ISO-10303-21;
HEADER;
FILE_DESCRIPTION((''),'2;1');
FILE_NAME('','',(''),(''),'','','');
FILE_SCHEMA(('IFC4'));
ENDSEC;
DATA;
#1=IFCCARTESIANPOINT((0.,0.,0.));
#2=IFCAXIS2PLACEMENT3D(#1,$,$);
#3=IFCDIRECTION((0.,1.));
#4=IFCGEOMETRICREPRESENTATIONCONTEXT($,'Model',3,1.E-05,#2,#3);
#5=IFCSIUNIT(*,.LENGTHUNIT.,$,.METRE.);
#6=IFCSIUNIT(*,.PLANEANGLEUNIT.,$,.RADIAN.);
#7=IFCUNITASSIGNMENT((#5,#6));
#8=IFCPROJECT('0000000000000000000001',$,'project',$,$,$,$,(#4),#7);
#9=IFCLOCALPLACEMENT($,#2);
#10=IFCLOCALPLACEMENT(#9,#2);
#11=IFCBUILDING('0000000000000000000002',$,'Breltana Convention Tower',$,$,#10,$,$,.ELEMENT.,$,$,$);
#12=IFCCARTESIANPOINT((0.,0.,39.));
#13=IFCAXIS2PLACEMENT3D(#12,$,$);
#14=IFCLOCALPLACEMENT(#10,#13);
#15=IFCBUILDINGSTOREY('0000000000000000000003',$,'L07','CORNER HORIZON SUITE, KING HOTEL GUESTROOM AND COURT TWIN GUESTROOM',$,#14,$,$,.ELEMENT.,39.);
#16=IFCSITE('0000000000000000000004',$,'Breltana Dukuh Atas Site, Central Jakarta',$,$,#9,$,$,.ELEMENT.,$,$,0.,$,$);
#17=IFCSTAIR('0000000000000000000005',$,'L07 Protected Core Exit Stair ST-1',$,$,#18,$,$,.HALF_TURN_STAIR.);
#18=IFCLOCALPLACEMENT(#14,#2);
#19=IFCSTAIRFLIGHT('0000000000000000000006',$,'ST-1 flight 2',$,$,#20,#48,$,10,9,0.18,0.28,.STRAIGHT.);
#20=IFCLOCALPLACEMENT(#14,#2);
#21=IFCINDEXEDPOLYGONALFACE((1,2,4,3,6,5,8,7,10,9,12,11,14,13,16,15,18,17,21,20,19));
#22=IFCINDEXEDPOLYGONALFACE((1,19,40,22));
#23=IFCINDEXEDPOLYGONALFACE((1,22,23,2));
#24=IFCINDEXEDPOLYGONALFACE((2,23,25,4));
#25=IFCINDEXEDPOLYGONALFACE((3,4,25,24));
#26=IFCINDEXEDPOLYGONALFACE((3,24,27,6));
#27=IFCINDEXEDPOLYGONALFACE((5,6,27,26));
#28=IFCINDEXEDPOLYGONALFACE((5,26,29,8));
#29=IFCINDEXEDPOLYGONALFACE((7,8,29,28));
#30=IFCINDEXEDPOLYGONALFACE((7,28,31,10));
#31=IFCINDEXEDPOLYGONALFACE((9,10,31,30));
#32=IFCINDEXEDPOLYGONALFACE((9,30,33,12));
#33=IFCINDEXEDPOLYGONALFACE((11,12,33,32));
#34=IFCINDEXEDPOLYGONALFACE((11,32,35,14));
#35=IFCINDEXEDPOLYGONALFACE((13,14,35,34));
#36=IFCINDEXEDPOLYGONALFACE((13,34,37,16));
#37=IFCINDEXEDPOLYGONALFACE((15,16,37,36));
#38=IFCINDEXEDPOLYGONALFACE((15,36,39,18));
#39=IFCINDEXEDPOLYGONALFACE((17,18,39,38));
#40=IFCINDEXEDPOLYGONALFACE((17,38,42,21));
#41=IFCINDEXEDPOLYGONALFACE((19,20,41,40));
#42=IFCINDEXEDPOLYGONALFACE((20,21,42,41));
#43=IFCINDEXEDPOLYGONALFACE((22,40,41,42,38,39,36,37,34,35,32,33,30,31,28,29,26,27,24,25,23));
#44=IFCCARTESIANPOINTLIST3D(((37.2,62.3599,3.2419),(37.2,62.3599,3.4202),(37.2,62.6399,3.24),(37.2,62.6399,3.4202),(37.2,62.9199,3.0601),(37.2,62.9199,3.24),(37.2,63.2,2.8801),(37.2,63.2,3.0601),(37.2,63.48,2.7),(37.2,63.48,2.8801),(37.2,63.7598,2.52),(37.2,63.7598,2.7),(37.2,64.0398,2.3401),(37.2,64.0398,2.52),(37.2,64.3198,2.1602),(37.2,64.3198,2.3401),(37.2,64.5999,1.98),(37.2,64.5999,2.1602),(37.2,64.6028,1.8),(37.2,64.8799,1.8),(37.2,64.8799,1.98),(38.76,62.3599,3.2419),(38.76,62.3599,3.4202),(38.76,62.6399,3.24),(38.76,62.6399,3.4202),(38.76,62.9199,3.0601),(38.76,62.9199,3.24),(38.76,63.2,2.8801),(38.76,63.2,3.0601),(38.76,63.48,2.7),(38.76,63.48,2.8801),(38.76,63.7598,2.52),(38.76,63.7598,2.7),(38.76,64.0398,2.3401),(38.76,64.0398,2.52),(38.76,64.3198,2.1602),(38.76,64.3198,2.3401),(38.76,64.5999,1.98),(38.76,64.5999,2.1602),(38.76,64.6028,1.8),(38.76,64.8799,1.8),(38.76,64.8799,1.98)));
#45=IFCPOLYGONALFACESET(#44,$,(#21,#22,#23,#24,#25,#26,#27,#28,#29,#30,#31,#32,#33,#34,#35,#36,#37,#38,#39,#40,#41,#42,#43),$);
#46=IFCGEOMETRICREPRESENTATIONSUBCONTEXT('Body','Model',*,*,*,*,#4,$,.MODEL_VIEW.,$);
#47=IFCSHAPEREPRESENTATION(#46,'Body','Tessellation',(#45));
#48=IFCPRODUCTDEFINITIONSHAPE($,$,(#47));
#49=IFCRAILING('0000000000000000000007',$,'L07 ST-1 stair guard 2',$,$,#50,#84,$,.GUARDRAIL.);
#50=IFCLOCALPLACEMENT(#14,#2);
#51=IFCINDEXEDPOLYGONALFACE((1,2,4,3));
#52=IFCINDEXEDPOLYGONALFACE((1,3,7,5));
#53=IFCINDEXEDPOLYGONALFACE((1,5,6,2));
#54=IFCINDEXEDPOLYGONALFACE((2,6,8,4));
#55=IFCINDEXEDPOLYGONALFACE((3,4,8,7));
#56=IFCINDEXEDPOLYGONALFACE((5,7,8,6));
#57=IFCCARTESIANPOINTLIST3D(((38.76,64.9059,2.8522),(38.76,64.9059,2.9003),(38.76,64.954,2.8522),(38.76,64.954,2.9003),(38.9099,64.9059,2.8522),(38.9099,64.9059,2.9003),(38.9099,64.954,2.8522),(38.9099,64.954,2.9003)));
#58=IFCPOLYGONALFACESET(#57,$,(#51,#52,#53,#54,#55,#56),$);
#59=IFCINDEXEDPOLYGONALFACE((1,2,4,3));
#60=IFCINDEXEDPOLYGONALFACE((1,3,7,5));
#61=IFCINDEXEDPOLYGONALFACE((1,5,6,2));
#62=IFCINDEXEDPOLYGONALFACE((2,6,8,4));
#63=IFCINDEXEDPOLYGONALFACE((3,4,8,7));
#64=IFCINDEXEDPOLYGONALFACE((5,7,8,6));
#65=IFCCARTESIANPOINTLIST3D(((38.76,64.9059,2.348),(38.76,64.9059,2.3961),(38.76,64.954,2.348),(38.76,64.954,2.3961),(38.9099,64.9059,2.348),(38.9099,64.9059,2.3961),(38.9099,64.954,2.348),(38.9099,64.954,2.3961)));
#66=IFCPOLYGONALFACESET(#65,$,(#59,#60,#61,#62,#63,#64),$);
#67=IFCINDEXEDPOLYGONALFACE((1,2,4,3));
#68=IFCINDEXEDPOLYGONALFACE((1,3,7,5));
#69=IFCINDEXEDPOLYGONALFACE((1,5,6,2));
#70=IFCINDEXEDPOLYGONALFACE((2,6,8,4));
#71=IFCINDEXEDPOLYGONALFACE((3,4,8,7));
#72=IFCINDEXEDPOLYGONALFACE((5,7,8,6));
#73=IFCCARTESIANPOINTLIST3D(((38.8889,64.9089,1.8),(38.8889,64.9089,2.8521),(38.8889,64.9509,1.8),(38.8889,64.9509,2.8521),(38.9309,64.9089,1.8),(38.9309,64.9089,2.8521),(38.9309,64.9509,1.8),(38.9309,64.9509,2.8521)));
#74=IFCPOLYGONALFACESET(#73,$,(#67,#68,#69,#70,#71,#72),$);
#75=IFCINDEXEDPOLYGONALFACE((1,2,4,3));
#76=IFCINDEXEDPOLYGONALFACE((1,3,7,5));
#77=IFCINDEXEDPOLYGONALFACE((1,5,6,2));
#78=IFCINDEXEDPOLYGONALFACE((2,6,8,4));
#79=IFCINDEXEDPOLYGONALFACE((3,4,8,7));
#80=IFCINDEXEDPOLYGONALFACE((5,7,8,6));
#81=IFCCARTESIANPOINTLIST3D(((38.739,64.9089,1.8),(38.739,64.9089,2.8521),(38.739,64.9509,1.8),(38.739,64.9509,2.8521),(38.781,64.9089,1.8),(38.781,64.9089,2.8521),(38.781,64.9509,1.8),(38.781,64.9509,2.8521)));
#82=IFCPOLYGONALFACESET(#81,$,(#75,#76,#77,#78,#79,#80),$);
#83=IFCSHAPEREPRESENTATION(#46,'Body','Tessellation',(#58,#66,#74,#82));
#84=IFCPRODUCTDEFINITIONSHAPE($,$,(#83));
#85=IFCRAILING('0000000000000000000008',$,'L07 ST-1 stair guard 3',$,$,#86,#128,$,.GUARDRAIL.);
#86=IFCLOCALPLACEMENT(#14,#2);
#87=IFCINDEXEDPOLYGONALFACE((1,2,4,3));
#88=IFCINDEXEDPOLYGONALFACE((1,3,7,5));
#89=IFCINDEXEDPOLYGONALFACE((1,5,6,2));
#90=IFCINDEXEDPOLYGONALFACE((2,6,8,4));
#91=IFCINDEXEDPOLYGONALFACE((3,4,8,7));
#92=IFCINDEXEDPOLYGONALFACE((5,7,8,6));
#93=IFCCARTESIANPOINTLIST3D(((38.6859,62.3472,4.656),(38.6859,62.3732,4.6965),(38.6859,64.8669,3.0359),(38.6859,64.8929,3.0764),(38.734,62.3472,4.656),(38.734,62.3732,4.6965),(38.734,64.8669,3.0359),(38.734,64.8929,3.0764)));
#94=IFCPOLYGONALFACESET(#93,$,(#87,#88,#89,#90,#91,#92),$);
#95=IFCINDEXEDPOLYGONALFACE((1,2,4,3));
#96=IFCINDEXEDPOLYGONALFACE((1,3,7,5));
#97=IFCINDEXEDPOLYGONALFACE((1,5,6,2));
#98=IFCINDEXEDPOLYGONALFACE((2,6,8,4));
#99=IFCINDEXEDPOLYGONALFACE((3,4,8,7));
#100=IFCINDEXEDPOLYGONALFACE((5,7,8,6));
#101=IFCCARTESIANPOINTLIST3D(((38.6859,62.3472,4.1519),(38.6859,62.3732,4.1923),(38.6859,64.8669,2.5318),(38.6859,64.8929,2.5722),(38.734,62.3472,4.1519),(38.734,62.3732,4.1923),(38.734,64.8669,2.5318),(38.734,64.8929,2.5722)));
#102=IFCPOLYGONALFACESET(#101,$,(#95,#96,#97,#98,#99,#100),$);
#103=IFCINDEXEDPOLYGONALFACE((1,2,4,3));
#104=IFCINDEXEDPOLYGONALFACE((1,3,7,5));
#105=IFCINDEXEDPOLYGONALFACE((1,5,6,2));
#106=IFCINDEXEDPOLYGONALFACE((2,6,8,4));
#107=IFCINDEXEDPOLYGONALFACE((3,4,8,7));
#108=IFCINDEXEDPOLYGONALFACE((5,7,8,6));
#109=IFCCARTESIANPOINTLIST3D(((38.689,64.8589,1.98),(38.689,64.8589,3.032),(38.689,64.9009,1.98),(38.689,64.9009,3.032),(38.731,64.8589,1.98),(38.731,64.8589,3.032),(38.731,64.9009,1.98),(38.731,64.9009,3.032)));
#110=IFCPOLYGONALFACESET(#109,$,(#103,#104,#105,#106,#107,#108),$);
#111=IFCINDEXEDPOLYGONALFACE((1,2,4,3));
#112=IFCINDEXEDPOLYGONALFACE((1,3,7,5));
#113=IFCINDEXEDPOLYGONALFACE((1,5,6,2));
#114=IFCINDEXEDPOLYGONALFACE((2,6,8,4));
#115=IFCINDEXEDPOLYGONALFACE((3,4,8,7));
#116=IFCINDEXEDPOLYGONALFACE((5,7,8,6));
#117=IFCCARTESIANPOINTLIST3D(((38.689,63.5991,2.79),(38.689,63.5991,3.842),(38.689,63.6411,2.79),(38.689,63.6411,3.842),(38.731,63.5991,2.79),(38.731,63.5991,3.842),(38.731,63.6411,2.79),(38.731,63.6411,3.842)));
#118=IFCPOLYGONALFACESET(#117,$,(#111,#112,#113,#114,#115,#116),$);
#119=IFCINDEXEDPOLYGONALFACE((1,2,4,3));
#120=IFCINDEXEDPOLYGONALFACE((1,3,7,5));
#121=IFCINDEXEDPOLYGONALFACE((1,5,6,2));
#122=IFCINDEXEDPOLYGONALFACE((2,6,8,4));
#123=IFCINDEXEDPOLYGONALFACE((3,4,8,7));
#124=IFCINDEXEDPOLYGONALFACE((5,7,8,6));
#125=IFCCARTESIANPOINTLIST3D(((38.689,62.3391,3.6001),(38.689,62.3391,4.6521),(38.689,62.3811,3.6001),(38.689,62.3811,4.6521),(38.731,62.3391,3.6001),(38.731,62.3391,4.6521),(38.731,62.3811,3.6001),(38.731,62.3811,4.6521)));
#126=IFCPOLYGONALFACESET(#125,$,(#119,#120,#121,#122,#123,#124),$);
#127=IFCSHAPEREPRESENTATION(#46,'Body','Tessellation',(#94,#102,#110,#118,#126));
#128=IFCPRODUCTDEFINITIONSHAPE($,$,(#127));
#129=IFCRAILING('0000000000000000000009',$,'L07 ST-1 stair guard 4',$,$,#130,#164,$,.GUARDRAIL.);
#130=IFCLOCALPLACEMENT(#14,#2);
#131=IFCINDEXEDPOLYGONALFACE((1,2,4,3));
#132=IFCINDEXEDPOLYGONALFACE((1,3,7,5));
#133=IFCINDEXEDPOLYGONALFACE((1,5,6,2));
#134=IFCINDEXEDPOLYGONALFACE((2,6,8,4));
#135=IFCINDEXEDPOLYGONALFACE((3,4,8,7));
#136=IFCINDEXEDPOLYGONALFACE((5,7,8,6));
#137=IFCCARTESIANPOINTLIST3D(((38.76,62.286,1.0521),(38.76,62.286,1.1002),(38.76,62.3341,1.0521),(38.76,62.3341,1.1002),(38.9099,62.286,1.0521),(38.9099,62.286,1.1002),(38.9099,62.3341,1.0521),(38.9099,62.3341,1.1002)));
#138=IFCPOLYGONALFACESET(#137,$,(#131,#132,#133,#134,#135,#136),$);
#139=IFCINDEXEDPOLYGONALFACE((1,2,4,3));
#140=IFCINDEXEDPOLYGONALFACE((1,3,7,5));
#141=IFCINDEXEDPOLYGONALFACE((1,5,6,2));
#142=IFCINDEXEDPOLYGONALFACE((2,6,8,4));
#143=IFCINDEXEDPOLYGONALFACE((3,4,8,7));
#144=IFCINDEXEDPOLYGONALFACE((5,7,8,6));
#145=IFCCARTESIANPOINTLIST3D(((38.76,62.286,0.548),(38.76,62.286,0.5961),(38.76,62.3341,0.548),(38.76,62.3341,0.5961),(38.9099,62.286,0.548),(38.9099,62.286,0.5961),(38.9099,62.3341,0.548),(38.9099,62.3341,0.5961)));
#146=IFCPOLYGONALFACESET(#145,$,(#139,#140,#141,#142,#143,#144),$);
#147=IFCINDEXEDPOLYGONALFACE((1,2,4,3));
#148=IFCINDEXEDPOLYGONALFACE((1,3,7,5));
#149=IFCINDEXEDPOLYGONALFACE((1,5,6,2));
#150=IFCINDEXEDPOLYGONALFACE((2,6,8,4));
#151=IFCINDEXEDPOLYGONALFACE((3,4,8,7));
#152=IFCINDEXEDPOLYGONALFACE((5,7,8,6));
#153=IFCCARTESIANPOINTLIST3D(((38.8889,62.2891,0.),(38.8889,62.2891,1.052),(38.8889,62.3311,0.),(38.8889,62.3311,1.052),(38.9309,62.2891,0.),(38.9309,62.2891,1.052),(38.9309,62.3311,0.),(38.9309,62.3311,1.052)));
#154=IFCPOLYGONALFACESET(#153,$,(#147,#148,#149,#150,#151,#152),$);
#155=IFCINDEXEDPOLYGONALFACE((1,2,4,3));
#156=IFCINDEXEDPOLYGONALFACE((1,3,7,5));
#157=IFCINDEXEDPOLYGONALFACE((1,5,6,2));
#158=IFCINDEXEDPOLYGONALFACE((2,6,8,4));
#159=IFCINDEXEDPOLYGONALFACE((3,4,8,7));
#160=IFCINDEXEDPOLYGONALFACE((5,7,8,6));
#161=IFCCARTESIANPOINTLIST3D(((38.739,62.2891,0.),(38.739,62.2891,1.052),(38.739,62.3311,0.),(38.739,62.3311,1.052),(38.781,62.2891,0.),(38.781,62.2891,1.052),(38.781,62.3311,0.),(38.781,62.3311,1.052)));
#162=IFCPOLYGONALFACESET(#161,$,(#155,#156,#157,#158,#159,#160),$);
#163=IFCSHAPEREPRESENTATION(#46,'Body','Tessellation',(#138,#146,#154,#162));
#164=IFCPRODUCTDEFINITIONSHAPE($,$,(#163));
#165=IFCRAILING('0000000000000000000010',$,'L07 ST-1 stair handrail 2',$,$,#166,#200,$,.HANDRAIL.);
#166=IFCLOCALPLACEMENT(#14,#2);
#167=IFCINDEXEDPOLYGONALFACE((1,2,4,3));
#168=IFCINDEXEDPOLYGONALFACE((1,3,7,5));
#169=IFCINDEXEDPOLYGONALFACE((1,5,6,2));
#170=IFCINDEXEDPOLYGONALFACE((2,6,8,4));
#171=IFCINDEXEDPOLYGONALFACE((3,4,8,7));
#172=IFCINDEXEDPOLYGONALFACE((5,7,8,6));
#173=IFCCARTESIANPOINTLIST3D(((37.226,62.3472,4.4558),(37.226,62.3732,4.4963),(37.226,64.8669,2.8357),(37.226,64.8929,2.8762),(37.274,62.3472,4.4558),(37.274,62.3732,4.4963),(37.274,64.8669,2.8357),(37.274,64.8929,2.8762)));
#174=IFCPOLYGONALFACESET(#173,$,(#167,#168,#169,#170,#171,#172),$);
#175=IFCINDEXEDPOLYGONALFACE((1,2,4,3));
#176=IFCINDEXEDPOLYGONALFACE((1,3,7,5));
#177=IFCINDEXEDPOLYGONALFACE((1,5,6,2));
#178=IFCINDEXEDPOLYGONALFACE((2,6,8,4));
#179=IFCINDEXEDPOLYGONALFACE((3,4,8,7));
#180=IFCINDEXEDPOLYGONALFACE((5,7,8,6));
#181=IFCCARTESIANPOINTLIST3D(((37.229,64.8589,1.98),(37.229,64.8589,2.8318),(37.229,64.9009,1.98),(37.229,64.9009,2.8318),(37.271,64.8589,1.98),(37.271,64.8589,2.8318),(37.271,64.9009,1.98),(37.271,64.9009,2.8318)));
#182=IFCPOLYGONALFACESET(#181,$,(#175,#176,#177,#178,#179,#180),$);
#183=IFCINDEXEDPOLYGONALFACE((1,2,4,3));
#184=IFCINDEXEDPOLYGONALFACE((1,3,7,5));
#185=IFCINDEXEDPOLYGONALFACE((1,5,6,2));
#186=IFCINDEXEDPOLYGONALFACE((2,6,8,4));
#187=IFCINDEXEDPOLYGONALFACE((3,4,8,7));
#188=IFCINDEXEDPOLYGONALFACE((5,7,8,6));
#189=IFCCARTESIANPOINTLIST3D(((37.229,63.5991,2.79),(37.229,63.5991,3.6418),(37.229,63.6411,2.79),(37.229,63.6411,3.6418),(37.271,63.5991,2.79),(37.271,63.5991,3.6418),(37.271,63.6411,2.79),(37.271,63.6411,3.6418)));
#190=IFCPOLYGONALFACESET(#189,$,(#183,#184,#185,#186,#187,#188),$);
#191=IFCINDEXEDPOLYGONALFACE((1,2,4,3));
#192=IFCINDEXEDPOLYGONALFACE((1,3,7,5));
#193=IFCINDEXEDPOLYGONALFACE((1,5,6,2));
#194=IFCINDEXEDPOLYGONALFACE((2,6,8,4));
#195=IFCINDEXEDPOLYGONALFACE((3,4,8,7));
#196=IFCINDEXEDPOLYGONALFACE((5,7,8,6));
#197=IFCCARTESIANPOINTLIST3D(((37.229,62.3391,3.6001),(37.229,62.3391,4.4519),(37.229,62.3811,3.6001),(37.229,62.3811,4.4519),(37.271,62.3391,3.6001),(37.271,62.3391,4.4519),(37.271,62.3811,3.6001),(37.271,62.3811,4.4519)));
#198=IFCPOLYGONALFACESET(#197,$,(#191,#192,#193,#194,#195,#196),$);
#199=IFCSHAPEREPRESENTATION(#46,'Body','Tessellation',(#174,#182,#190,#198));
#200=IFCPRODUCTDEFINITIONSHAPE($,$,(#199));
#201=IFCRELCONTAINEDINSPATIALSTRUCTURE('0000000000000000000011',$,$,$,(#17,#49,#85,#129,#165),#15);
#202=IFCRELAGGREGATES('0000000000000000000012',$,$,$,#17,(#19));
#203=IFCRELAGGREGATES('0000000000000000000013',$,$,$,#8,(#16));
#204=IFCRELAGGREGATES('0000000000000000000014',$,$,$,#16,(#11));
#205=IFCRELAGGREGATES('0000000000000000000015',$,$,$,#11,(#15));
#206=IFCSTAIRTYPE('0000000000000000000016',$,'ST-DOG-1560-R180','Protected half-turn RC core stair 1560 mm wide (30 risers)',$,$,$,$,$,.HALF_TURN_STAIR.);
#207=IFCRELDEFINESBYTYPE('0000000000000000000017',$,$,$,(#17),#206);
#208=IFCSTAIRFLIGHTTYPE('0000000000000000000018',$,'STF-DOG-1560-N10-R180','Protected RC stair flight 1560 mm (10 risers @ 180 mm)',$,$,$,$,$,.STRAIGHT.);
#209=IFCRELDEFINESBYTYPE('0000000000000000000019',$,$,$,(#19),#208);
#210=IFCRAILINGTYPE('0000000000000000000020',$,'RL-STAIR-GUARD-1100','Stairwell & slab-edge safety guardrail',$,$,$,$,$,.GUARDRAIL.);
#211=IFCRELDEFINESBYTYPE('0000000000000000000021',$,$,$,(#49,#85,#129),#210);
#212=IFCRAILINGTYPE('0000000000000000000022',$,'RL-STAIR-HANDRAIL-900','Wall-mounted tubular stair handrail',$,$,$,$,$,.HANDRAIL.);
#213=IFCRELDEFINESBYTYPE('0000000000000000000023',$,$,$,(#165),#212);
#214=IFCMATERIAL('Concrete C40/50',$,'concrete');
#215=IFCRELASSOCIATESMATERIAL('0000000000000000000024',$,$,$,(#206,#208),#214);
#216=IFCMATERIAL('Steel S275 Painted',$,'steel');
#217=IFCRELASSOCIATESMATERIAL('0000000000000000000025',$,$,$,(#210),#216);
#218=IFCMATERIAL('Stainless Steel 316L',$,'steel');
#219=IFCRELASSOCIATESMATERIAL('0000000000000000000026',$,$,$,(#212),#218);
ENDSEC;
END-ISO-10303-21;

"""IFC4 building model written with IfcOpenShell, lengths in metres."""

from ifc_helpers import new_model, si_unit, direction, frame, origin, origin_2d, place, context, subcontext, project, spatial, polyline, rectangle, outline, extrude, material, type_object, element, aggregate, save


model = new_model("IFC4")

# Units and contexts
model_context = context("Model", 3, precision=1e-05, world=origin(), true_north=direction((0.0, 1.0)))
body_context = subcontext(model_context, "Body", "Model", "MODEL_VIEW")
ifc_project = project(units=[si_unit("LENGTHUNIT", "METRE"), si_unit("PLANEANGLEUNIT", "RADIAN")], contexts=[model_context])

# Site, building, storey
site_placement = place(None, origin())
site = spatial("IfcSite", under=ifc_project, at=site_placement, Name="Breltana Dukuh Atas Site, Central Jakarta", CompositionType="ELEMENT", RefElevation=0.0)
building_placement = place(site_placement, origin())
building = spatial("IfcBuilding", under=site, at=building_placement, Name="Breltana Convention Tower", CompositionType="ELEMENT")
storey_placement = place(building_placement, frame((0.0, 0.0, 39.0)))
storey = spatial("IfcBuildingStorey", under=building, at=storey_placement, Name="L07", Description="CORNER HORIZON SUITE, KING HOTEL GUESTROOM AND COURT TWIN GUESTROOM", CompositionType="ELEMENT", Elevation=39.0)

# Stair, stair flight
ifc_material_1 = material(Name="Concrete C40/50", Category="concrete")
stair_type = type_object("IfcStairType", Name="ST-DOG-1560-R180", Description="Protected half-turn RC core stair 1560 mm wide (30 risers)", PredefinedType="HALF_TURN_STAIR", material=ifc_material_1)
stair_placement = place(storey_placement, origin())
stair = element("IfcStair", 1, at=stair_placement, inside=storey, type_object=stair_type, Name="L07 Protected Core Exit Stair ST-1", PredefinedType="HALF_TURN_STAIR")
stair_flight_type = type_object("IfcStairFlightType", Name="STF-DOG-1560-N10-R180", Description="Protected RC stair flight 1560 mm (10 risers @ 180 mm)", PredefinedType="STRAIGHT", material=ifc_material_1)
stair_flight_placement = place(storey_placement, frame((37.98, 64.8799, 1.8), z_axis=(0.0, 0.0, 1.0), x_axis=(0.0, -1.0, 0.0)))
stair_flight = element("IfcStairFlight", 2, at=stair_flight_placement, type_object=stair_flight_type, Name="ST-1 flight 2", NumberOfRisers=10, NumberOfTreads=9, PredefinedType="STRAIGHT", RiserHeight=0.18, TreadLength=0.28, context=body_context, shape_type="SweptSolid", body=[
    extrude(outline(polyline([(0.0, 0.0), (0.0, 0.1799), (0.28, 0.1799), (0.28, 0.3601), (0.5601, 0.3601), (0.5601, 0.54), (0.8401, 0.54), (0.8401, 0.72), (1.1201, 0.72), (1.1201, 0.8999), (1.3999, 0.8999), (1.3999, 1.0801), (1.6799, 1.0801), (1.6799, 1.26), (1.96, 1.26), (1.96, 1.4399), (2.24, 1.4399), (2.24, 1.6201), (2.52, 1.6201), (2.52, 1.8), (2.52, 1.4419), (0.2771, 0.0), (0.0, 0.0)])), frame((0.0, 0.78, 0.0), z_axis=(0.0, -1.0, 0.0), x_axis=(1.0, 0.0, 0.0)), (0.0, 0.0, 1.0), 1.5601),
])
aggregate(stair, [stair_flight])

# Railings
ifc_material_2 = material(Name="Steel S275 Painted", Category="steel")
railing_type_1 = type_object("IfcRailingType", Name="RL-STAIR-GUARD-1100", Description="Stairwell & slab-edge safety guardrail", PredefinedType="GUARDRAIL", material=ifc_material_2)
railing_1_placement = place(storey_placement, frame((38.9099, 64.9299, 1.8)))
element("IfcRailing", 3, at=railing_1_placement, inside=storey, type_object=railing_type_1, Name="L07 ST-1 stair guard 2", PredefinedType="GUARDRAIL", context=body_context, shape_type="SweptSolid", body=[
    extrude(rectangle(XDim=0.0481, YDim=0.0481, at=origin_2d()), frame((0.0, 0.0, 1.0762), z_axis=(-1.0, 0.0, 0.0), x_axis=(0.0, -1.0, 0.0)), (0.0, 0.0, 1.0), 0.1499),
    extrude(rectangle(XDim=0.0481, YDim=0.0481, at=origin_2d()), frame((0.0, 0.0, 0.572), z_axis=(-1.0, 0.0, 0.0), x_axis=(0.0, -1.0, 0.0)), (0.0, 0.0, 1.0), 0.1499),
    extrude(rectangle(XDim=0.042, YDim=0.042, at=origin_2d()), origin(), (0.0, 0.0, 1.0), 1.052),
    extrude(rectangle(XDim=0.042, YDim=0.042, at=origin_2d()), frame((-0.1499, 0.0, 0.0)), (0.0, 0.0, 1.0), 1.052),
])
railing_2_placement = place(storey_placement, frame((38.71, 64.8799, 1.98)))
element("IfcRailing", 4, at=railing_2_placement, inside=storey, type_object=railing_type_1, Name="L07 ST-1 stair guard 3", PredefinedType="GUARDRAIL", context=body_context, shape_type="SweptSolid", body=[
    extrude(rectangle(XDim=0.0481, YDim=0.0481, at=origin_2d()), frame((0.0, 0.0, 1.0762), z_axis=(0.0, -0.841139, 0.540819), x_axis=(1.0, 0.0, 0.0)), (0.0, 0.0, 1.0), 2.9956),
    extrude(rectangle(XDim=0.0481, YDim=0.0481, at=origin_2d()), frame((0.0, 0.0, 0.572), z_axis=(0.0, -0.841139, 0.540819), x_axis=(1.0, 0.0, 0.0)), (0.0, 0.0, 1.0), 2.9956),
    extrude(rectangle(XDim=0.042, YDim=0.042, at=origin_2d()), origin(), (0.0, 0.0, 1.0), 1.052),
    extrude(rectangle(XDim=0.042, YDim=0.042, at=origin_2d()), frame((0.0, -1.2598, 0.8101)), (0.0, 0.0, 1.0), 1.052),
    extrude(rectangle(XDim=0.042, YDim=0.042, at=origin_2d()), frame((0.0, -2.5198, 1.6201)), (0.0, 0.0, 1.0), 1.052),
])
railing_3_placement = place(storey_placement, frame((38.9099, 62.3101, 0.0)))
element("IfcRailing", 5, at=railing_3_placement, inside=storey, type_object=railing_type_1, Name="L07 ST-1 stair guard 4", PredefinedType="GUARDRAIL", context=body_context, shape_type="SweptSolid", body=[
    extrude(rectangle(XDim=0.0481, YDim=0.0481, at=origin_2d()), frame((0.0, 0.0, 1.0762), z_axis=(-1.0, 0.0, 0.0), x_axis=(0.0, -1.0, 0.0)), (0.0, 0.0, 1.0), 0.1499),
    extrude(rectangle(XDim=0.0481, YDim=0.0481, at=origin_2d()), frame((0.0, 0.0, 0.572), z_axis=(-1.0, 0.0, 0.0), x_axis=(0.0, -1.0, 0.0)), (0.0, 0.0, 1.0), 0.1499),
    extrude(rectangle(XDim=0.042, YDim=0.042, at=origin_2d()), origin(), (0.0, 0.0, 1.0), 1.052),
    extrude(rectangle(XDim=0.042, YDim=0.042, at=origin_2d()), frame((-0.1499, 0.0, 0.0)), (0.0, 0.0, 1.0), 1.052),
])
ifc_material_3 = material(Name="Stainless Steel 316L", Category="steel")
railing_type_2 = type_object("IfcRailingType", Name="RL-STAIR-HANDRAIL-900", Description="Wall-mounted tubular stair handrail", PredefinedType="HANDRAIL", material=ifc_material_3)
railing_4_placement = place(storey_placement, frame((37.25, 64.8799, 1.98)))
element("IfcRailing", 6, at=railing_4_placement, inside=storey, type_object=railing_type_2, Name="L07 ST-1 stair handrail 2", PredefinedType="HANDRAIL", context=body_context, shape_type="SweptSolid", body=[
    extrude(rectangle(XDim=0.0481, YDim=0.0481, at=origin_2d()), frame((0.0, 0.0, 0.876), z_axis=(0.0, -0.841139, 0.540819), x_axis=(1.0, 0.0, 0.0)), (0.0, 0.0, 1.0), 2.9956),
    extrude(rectangle(XDim=0.042, YDim=0.042, at=origin_2d()), origin(), (0.0, 0.0, 1.0), 0.8518),
    extrude(rectangle(XDim=0.042, YDim=0.042, at=origin_2d()), frame((0.0, -1.2598, 0.8101)), (0.0, 0.0, 1.0), 0.8518),
    extrude(rectangle(XDim=0.042, YDim=0.042, at=origin_2d()), frame((0.0, -2.5198, 1.6201)), (0.0, 0.0, 1.0), 0.8518),
])

save(model, "model.ifc")
